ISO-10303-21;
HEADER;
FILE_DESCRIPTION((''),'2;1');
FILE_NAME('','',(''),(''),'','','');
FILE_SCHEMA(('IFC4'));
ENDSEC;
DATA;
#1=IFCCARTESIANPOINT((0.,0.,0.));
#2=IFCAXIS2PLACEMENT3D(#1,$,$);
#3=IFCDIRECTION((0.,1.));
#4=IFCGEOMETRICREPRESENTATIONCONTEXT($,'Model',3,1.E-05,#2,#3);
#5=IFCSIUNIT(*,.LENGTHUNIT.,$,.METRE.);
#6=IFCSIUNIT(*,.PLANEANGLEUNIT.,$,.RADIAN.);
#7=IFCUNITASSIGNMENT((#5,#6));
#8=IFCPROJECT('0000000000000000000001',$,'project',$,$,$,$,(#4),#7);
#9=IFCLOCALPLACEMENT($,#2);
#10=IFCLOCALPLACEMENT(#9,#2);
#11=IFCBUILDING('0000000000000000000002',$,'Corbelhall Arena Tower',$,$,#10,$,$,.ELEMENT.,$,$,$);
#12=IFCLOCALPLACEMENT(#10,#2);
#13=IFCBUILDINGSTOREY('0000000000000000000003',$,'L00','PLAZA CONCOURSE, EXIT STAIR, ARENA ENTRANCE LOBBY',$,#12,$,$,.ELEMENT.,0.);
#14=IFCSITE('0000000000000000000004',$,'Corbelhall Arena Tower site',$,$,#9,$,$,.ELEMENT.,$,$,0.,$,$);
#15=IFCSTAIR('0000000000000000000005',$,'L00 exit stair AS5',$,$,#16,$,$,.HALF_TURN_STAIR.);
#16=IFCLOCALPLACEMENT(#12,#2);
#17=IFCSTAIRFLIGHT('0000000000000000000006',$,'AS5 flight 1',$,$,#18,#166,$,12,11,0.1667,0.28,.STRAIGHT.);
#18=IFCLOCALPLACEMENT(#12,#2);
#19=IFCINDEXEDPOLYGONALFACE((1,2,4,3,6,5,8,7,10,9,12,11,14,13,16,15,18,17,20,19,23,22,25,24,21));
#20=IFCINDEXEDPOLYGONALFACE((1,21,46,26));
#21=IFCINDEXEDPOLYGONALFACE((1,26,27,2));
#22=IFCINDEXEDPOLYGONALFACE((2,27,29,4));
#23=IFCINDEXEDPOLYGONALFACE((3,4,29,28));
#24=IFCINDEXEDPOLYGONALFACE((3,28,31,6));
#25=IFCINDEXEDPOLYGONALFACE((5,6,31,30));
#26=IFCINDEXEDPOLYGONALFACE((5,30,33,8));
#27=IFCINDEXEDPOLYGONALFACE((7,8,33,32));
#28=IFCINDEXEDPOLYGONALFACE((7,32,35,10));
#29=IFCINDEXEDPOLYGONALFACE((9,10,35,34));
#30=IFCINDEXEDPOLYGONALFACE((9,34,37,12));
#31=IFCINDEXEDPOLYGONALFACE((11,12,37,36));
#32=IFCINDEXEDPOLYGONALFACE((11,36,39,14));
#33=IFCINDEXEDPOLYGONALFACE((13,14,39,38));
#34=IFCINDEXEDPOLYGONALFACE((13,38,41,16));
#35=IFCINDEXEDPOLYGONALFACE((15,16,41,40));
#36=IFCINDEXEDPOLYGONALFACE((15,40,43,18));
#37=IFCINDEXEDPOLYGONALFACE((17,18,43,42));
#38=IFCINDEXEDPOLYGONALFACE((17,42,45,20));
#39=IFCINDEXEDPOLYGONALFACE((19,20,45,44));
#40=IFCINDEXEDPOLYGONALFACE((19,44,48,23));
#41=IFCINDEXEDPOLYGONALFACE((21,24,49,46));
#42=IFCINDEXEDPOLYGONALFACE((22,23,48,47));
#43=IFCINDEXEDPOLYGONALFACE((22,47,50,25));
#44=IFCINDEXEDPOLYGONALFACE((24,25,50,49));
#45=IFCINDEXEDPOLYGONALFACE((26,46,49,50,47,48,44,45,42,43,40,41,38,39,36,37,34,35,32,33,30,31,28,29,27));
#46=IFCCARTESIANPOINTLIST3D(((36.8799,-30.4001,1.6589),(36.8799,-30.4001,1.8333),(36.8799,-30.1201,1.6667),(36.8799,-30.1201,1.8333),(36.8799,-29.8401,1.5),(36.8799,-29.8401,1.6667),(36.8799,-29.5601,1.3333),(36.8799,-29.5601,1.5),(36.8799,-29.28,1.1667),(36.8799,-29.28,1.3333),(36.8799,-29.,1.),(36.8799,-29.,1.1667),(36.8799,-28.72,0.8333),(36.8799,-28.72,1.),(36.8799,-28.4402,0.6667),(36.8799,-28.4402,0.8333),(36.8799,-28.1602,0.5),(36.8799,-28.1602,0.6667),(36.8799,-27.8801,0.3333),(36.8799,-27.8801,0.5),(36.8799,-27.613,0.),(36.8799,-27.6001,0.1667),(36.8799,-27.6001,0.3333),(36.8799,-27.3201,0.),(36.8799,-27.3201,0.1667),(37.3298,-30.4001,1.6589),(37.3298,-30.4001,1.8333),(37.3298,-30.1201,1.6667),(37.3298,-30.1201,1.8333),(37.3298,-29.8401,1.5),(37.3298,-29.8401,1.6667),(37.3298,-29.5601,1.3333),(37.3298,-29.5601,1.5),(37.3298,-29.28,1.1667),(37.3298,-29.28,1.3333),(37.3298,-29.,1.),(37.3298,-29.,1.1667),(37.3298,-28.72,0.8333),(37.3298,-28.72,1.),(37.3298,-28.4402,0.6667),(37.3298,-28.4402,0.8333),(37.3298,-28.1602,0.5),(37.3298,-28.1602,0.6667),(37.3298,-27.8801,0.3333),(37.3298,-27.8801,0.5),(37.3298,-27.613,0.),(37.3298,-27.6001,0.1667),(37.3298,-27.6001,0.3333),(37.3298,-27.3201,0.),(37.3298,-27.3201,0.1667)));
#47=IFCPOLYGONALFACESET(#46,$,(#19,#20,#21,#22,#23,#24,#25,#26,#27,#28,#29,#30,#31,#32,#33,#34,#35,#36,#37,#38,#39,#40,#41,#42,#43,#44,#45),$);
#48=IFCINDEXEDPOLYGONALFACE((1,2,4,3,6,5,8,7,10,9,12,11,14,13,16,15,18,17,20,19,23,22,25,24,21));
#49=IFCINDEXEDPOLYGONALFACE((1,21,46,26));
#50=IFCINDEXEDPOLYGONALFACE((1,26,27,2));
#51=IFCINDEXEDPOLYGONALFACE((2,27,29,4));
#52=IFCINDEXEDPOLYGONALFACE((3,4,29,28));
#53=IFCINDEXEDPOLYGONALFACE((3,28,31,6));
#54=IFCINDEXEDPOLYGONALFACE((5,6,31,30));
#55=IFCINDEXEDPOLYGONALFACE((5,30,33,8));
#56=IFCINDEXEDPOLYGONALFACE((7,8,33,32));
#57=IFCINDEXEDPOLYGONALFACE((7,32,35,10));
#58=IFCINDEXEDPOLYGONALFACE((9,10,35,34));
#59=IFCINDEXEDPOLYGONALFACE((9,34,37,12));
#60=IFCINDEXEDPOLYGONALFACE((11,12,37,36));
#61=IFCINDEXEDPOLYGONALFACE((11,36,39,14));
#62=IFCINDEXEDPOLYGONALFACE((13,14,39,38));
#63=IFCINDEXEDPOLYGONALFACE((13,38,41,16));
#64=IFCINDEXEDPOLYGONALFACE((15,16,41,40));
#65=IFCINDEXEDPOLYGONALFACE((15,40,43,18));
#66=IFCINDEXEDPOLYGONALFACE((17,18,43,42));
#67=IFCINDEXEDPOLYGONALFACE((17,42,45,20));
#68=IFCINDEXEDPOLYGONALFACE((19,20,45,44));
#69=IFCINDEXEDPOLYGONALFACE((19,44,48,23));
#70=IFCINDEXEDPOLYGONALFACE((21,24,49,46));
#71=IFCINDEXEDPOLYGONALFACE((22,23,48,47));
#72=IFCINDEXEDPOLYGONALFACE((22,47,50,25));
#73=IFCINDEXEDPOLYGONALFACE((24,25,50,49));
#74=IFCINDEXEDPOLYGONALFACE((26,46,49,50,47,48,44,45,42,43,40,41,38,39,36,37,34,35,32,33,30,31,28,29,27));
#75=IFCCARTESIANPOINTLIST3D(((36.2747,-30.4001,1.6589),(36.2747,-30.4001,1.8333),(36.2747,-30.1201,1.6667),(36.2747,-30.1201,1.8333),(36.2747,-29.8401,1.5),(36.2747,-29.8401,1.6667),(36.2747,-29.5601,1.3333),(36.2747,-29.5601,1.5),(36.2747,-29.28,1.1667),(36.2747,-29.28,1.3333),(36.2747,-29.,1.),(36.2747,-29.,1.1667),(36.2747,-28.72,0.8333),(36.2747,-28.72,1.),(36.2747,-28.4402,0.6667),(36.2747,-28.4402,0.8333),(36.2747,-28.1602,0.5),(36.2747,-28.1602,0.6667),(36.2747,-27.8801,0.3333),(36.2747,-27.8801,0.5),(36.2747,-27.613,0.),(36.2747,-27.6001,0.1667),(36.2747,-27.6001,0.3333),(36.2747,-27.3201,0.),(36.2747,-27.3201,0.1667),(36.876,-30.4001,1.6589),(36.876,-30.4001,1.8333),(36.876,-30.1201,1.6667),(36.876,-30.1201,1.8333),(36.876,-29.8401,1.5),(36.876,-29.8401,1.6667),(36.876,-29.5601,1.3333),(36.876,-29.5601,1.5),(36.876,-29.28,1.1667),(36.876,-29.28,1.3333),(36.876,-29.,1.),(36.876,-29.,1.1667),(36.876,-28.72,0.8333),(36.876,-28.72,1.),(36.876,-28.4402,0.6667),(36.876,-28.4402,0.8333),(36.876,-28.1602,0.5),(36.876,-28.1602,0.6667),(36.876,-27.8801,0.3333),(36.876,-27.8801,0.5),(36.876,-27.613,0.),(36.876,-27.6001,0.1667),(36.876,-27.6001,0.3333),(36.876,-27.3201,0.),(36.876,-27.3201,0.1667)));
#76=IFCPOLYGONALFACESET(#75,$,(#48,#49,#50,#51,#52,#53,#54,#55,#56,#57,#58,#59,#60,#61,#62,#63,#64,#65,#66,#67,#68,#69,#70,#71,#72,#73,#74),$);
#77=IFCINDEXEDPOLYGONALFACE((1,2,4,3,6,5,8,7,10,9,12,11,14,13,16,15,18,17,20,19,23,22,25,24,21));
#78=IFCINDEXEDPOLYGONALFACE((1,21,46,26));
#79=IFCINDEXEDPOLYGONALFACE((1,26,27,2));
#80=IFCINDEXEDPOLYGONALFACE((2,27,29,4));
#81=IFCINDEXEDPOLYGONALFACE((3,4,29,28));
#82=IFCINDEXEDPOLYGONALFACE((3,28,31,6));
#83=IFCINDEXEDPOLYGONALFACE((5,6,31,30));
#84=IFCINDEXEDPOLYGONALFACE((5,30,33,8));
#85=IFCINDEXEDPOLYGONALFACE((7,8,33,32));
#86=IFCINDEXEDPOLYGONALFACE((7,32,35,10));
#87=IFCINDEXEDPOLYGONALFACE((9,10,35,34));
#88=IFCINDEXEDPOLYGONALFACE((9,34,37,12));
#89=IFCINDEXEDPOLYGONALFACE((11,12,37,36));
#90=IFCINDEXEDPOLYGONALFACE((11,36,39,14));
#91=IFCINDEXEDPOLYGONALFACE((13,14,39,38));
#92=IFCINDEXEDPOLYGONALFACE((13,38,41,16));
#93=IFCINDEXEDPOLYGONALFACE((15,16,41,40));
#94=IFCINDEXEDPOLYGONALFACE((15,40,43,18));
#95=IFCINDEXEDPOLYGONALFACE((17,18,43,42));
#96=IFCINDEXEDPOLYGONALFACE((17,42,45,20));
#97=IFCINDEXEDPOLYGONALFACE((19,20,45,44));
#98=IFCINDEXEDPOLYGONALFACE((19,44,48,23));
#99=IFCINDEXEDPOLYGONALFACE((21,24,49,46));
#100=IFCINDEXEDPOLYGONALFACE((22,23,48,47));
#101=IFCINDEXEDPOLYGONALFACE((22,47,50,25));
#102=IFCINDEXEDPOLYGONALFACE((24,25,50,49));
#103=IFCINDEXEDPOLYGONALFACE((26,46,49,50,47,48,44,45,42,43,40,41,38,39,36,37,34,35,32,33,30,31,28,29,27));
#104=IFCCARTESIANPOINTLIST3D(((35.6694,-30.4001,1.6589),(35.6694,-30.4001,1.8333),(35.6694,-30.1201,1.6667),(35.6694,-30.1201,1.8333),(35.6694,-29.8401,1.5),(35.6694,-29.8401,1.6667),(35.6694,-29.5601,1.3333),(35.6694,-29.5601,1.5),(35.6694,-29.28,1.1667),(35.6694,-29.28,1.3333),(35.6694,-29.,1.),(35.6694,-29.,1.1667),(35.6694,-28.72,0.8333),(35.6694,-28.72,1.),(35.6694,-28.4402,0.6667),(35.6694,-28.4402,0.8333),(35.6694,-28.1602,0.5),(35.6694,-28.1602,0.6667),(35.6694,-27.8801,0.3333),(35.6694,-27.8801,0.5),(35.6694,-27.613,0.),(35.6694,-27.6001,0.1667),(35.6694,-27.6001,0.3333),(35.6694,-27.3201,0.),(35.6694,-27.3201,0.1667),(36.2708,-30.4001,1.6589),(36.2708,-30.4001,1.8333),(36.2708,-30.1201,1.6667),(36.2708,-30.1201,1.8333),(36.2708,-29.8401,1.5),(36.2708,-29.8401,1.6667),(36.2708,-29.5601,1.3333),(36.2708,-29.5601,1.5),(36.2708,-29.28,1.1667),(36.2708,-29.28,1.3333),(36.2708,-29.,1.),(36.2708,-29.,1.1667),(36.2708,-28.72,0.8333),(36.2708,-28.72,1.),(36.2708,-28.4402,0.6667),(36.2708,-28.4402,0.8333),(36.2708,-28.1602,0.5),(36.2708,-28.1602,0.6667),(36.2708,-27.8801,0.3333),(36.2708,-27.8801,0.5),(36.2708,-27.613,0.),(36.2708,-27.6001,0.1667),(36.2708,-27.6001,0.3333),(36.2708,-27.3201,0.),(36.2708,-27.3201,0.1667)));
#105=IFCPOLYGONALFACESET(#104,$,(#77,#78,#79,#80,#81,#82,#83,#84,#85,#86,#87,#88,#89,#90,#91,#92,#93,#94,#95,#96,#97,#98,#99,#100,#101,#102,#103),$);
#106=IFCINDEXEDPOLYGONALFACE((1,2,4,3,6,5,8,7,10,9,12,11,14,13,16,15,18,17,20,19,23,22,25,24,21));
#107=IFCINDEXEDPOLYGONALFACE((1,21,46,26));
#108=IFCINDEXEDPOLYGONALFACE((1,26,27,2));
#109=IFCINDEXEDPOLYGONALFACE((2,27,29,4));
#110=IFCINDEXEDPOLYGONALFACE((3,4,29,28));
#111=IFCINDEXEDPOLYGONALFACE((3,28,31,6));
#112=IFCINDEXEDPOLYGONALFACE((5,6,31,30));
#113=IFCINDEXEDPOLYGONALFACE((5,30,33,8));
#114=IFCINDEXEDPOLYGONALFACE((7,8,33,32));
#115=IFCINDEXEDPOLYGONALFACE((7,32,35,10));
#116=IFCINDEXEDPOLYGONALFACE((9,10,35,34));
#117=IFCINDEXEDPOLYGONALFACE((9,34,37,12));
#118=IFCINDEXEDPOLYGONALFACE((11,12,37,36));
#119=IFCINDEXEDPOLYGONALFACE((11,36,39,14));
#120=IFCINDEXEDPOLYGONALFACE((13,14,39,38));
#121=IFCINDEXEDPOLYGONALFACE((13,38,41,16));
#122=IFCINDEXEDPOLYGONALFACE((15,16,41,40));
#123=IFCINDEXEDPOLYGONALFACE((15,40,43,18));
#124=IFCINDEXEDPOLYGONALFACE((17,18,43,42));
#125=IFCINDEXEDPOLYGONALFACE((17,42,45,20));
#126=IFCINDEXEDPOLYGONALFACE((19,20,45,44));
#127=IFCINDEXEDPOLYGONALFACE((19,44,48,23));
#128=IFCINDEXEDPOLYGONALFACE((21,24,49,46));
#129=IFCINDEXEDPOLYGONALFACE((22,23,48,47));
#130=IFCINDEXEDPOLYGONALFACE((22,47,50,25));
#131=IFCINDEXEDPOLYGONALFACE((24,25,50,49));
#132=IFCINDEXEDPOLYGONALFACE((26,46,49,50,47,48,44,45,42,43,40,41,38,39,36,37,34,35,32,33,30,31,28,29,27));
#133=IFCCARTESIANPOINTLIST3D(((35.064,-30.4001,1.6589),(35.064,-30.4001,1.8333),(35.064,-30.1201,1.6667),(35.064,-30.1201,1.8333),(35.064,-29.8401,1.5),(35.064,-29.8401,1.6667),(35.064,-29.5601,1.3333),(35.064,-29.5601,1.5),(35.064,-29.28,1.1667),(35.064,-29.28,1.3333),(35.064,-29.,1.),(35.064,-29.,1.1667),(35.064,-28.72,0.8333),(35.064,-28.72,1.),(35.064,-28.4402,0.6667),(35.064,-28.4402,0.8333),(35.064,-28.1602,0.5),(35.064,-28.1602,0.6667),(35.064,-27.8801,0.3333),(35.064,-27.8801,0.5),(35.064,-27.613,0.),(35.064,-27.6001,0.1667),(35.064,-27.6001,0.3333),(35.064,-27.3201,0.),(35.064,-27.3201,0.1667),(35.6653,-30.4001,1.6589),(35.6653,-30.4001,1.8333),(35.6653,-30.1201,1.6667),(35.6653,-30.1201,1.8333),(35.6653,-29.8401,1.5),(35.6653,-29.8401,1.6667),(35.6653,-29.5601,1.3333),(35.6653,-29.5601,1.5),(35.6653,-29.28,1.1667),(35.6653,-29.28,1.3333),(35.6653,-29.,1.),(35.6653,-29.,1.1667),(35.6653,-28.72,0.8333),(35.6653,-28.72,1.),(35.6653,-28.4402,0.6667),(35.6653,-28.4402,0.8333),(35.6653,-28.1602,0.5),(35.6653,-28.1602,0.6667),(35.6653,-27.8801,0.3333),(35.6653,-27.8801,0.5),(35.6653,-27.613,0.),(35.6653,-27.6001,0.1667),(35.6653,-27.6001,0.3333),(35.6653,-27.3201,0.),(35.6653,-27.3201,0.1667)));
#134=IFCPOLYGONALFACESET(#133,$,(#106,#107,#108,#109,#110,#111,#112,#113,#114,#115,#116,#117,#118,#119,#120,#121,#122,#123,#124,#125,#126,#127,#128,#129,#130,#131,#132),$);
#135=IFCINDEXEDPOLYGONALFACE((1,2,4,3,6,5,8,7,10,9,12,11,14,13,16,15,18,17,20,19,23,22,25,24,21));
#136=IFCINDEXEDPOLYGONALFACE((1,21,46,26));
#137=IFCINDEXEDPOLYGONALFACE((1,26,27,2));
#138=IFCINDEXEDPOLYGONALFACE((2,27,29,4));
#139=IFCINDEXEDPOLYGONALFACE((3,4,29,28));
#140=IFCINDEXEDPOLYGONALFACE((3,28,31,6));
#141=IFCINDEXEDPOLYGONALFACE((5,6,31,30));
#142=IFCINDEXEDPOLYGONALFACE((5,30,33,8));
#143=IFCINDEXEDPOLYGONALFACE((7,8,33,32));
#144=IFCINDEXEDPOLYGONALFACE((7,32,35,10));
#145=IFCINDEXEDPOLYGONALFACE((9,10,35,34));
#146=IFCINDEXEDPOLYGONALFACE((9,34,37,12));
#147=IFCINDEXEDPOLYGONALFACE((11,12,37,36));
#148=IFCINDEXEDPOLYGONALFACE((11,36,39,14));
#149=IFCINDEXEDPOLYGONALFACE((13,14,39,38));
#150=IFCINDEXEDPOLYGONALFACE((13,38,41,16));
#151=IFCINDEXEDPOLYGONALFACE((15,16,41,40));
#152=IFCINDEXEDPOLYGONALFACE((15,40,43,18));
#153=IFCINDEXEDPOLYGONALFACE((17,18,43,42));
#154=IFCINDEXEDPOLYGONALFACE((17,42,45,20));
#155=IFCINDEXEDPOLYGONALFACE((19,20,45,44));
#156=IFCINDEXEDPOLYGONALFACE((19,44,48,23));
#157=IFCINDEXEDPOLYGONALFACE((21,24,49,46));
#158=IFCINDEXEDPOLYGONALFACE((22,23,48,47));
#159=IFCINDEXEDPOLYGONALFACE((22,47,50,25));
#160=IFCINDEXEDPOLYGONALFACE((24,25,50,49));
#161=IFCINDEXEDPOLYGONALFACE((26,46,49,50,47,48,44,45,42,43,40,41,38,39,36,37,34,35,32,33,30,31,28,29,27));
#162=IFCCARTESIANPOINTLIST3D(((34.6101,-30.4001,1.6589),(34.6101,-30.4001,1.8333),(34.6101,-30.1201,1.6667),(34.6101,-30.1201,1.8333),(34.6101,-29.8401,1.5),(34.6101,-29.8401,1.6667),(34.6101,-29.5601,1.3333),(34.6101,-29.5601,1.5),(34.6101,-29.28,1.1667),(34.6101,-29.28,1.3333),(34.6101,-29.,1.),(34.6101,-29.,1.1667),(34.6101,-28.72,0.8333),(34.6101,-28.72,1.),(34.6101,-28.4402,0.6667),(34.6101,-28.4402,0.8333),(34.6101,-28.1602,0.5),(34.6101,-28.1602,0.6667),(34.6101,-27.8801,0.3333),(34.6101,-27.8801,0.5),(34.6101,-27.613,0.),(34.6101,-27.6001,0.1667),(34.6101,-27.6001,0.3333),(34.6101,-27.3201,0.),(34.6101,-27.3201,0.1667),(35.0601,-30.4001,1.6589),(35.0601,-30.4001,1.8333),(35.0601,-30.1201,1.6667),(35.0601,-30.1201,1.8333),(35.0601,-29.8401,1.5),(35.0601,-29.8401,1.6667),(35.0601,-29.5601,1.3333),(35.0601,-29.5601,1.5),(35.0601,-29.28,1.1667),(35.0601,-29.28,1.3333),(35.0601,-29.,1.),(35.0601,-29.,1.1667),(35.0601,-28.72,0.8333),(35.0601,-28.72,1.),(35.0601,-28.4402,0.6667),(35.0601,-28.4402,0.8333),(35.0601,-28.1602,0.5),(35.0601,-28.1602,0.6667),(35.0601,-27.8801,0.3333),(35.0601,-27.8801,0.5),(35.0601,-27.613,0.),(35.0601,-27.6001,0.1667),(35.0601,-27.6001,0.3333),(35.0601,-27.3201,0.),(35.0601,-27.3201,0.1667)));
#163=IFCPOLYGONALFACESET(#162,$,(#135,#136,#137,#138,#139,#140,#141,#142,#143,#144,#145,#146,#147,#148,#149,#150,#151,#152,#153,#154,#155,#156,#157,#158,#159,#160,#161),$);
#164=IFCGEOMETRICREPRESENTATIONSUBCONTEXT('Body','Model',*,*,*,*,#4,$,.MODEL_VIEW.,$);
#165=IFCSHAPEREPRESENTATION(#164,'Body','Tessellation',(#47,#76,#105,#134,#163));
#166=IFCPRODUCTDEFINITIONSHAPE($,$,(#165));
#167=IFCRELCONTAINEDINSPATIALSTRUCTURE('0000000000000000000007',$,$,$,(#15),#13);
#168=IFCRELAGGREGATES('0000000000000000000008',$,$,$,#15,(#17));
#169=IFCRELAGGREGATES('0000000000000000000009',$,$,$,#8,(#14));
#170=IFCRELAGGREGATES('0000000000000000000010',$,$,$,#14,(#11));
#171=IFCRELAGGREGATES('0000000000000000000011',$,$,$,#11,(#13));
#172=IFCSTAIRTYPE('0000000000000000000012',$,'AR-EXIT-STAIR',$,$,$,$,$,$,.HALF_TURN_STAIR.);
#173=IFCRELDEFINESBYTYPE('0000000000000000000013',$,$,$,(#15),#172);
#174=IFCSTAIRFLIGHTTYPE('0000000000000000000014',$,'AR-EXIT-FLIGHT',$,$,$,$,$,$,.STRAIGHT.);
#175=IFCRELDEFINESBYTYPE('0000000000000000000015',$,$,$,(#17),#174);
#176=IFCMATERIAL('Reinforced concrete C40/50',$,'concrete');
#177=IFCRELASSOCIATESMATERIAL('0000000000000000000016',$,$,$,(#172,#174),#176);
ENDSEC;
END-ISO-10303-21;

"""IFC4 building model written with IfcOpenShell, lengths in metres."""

from ifc_helpers import new_model, si_unit, direction, frame, origin, place, context, subcontext, project, spatial, polyline, outline, extrude, material, type_object, element, aggregate, save


model = new_model("IFC4")

# Units and contexts
model_context = context("Model", 3, precision=1e-05, world=origin(), true_north=direction((0.0, 1.0)))
body_context = subcontext(model_context, "Body", "Model", "MODEL_VIEW")
ifc_project = project(units=[si_unit("LENGTHUNIT", "METRE"), si_unit("PLANEANGLEUNIT", "RADIAN")], contexts=[model_context])

# Site, building, storey
site_placement = place(None, origin())
site = spatial("IfcSite", under=ifc_project, at=site_placement, Name="Corbelhall Arena Tower site", CompositionType="ELEMENT", RefElevation=0.0)
building_placement = place(site_placement, origin())
building = spatial("IfcBuilding", under=site, at=building_placement, Name="Corbelhall Arena Tower", CompositionType="ELEMENT")
storey_placement = place(building_placement, origin())
storey = spatial("IfcBuildingStorey", under=building, at=storey_placement, Name="L00", Description="PLAZA CONCOURSE, EXIT STAIR, ARENA ENTRANCE LOBBY", CompositionType="ELEMENT", Elevation=0.0)

# Stair, stair flight
ifc_material_1 = material(Name="Reinforced concrete C40/50", Category="concrete")
stair_type = type_object("IfcStairType", Name="AR-EXIT-STAIR", PredefinedType="HALF_TURN_STAIR", material=ifc_material_1)
stair_1_placement = place(storey_placement, origin())
stair_1 = element("IfcStair", 1, at=stair_1_placement, inside=storey, type_object=stair_type, Name="L00 exit stair AS5", PredefinedType="HALF_TURN_STAIR")
stair_flight_type = type_object("IfcStairFlightType", Name="AR-EXIT-FLIGHT", PredefinedType="STRAIGHT", material=ifc_material_1)
stair_flight_1_placement = place(storey_placement, frame((35.97, -27.3201, 0.0), z_axis=(0.0, 0.0, 1.0), x_axis=(0.0, -1.0, 0.0)))
stair_flight_1 = element("IfcStairFlight", 2, at=stair_flight_1_placement, type_object=stair_flight_type, Name="AS5 flight 1", NumberOfRisers=12, NumberOfTreads=11, PredefinedType="STRAIGHT", RiserHeight=0.1667, TreadLength=0.28, context=body_context, shape_type="SweptSolid", body=[
    extrude(outline(polyline([(0.0, 0.0), (0.0, 0.1667), (0.28, 0.1667), (0.28, 0.3333), (0.5601, 0.3333), (0.5601, 0.5), (0.8401, 0.5), (0.8401, 0.6667), (1.1201, 0.6667), (1.1201, 0.8333), (1.3999, 0.8333), (1.3999, 1.0), (1.6799, 1.0), (1.6799, 1.1667), (1.96, 1.1667), (1.96, 1.3333), (2.24, 1.3333), (2.24, 1.5), (2.52, 1.5), (2.52, 1.6667), (2.8, 1.6667), (2.8, 1.8333), (3.0801, 1.8333), (3.0801, 2.0), (3.0801, 1.6589), (0.293, 0.0), (0.0, 0.0)])), frame((0.0, 1.3599, 0.0), z_axis=(0.0, -1.0, 0.0), x_axis=(1.0, 0.0, 0.0)), (0.0, 0.0, 1.0), 0.45),
    extrude(outline(polyline([(0.0, 0.0), (0.0, 0.1667), (0.28, 0.1667), (0.28, 0.3333), (0.5601, 0.3333), (0.5601, 0.5), (0.8401, 0.5), (0.8401, 0.6667), (1.1201, 0.6667), (1.1201, 0.8333), (1.3999, 0.8333), (1.3999, 1.0), (1.6799, 1.0), (1.6799, 1.1667), (1.96, 1.1667), (1.96, 1.3333), (2.24, 1.3333), (2.24, 1.5), (2.52, 1.5), (2.52, 1.6667), (2.8, 1.6667), (2.8, 1.8333), (3.0801, 1.8333), (3.0801, 2.0), (3.0801, 1.6589), (0.293, 0.0), (0.0, 0.0)])), frame((0.0, 0.906, 0.0), z_axis=(0.0, -1.0, 0.0), x_axis=(1.0, 0.0, 0.0)), (0.0, 0.0, 1.0), 0.6013),
    extrude(outline(polyline([(0.0, 0.0), (0.0, 0.1667), (0.28, 0.1667), (0.28, 0.3333), (0.5601, 0.3333), (0.5601, 0.5), (0.8401, 0.5), (0.8401, 0.6667), (1.1201, 0.6667), (1.1201, 0.8333), (1.3999, 0.8333), (1.3999, 1.0), (1.6799, 1.0), (1.6799, 1.1667), (1.96, 1.1667), (1.96, 1.3333), (2.24, 1.3333), (2.24, 1.5), (2.52, 1.5), (2.52, 1.6667), (2.8, 1.6667), (2.8, 1.8333), (3.0801, 1.8333), (3.0801, 2.0), (3.0801, 1.6589), (0.293, 0.0), (0.0, 0.0)])), frame((0.0, 0.3008, 0.0), z_axis=(0.0, -1.0, 0.0), x_axis=(1.0, 0.0, 0.0)), (0.0, 0.0, 1.0), 0.6013),
    extrude(outline(polyline([(0.0, 0.0), (0.0, 0.1667), (0.28, 0.1667), (0.28, 0.3333), (0.5601, 0.3333), (0.5601, 0.5), (0.8401, 0.5), (0.8401, 0.6667), (1.1201, 0.6667), (1.1201, 0.8333), (1.3999, 0.8333), (1.3999, 1.0), (1.6799, 1.0), (1.6799, 1.1667), (1.96, 1.1667), (1.96, 1.3333), (2.24, 1.3333), (2.24, 1.5), (2.52, 1.5), (2.52, 1.6667), (2.8, 1.6667), (2.8, 1.8333), (3.0801, 1.8333), (3.0801, 2.0), (3.0801, 1.6589), (0.293, 0.0), (0.0, 0.0)])), frame((0.0, -0.3047, 0.0), z_axis=(0.0, -1.0, 0.0), x_axis=(1.0, 0.0, 0.0)), (0.0, 0.0, 1.0), 0.6013),
    extrude(outline(polyline([(0.0, 0.0), (0.0, 0.1667), (0.28, 0.1667), (0.28, 0.3333), (0.5601, 0.3333), (0.5601, 0.5), (0.8401, 0.5), (0.8401, 0.6667), (1.1201, 0.6667), (1.1201, 0.8333), (1.3999, 0.8333), (1.3999, 1.0), (1.6799, 1.0), (1.6799, 1.1667), (1.96, 1.1667), (1.96, 1.3333), (2.24, 1.3333), (2.24, 1.5), (2.52, 1.5), (2.52, 1.6667), (2.8, 1.6667), (2.8, 1.8333), (3.0801, 1.8333), (3.0801, 2.0), (3.0801, 1.6589), (0.293, 0.0), (0.0, 0.0)])), frame((0.0, -0.9099, 0.0), z_axis=(0.0, -1.0, 0.0), x_axis=(1.0, 0.0, 0.0)), (0.0, 0.0, 1.0), 0.45),
])
aggregate(stair_1, [stair_flight_1])

save(model, "model.ifc")
